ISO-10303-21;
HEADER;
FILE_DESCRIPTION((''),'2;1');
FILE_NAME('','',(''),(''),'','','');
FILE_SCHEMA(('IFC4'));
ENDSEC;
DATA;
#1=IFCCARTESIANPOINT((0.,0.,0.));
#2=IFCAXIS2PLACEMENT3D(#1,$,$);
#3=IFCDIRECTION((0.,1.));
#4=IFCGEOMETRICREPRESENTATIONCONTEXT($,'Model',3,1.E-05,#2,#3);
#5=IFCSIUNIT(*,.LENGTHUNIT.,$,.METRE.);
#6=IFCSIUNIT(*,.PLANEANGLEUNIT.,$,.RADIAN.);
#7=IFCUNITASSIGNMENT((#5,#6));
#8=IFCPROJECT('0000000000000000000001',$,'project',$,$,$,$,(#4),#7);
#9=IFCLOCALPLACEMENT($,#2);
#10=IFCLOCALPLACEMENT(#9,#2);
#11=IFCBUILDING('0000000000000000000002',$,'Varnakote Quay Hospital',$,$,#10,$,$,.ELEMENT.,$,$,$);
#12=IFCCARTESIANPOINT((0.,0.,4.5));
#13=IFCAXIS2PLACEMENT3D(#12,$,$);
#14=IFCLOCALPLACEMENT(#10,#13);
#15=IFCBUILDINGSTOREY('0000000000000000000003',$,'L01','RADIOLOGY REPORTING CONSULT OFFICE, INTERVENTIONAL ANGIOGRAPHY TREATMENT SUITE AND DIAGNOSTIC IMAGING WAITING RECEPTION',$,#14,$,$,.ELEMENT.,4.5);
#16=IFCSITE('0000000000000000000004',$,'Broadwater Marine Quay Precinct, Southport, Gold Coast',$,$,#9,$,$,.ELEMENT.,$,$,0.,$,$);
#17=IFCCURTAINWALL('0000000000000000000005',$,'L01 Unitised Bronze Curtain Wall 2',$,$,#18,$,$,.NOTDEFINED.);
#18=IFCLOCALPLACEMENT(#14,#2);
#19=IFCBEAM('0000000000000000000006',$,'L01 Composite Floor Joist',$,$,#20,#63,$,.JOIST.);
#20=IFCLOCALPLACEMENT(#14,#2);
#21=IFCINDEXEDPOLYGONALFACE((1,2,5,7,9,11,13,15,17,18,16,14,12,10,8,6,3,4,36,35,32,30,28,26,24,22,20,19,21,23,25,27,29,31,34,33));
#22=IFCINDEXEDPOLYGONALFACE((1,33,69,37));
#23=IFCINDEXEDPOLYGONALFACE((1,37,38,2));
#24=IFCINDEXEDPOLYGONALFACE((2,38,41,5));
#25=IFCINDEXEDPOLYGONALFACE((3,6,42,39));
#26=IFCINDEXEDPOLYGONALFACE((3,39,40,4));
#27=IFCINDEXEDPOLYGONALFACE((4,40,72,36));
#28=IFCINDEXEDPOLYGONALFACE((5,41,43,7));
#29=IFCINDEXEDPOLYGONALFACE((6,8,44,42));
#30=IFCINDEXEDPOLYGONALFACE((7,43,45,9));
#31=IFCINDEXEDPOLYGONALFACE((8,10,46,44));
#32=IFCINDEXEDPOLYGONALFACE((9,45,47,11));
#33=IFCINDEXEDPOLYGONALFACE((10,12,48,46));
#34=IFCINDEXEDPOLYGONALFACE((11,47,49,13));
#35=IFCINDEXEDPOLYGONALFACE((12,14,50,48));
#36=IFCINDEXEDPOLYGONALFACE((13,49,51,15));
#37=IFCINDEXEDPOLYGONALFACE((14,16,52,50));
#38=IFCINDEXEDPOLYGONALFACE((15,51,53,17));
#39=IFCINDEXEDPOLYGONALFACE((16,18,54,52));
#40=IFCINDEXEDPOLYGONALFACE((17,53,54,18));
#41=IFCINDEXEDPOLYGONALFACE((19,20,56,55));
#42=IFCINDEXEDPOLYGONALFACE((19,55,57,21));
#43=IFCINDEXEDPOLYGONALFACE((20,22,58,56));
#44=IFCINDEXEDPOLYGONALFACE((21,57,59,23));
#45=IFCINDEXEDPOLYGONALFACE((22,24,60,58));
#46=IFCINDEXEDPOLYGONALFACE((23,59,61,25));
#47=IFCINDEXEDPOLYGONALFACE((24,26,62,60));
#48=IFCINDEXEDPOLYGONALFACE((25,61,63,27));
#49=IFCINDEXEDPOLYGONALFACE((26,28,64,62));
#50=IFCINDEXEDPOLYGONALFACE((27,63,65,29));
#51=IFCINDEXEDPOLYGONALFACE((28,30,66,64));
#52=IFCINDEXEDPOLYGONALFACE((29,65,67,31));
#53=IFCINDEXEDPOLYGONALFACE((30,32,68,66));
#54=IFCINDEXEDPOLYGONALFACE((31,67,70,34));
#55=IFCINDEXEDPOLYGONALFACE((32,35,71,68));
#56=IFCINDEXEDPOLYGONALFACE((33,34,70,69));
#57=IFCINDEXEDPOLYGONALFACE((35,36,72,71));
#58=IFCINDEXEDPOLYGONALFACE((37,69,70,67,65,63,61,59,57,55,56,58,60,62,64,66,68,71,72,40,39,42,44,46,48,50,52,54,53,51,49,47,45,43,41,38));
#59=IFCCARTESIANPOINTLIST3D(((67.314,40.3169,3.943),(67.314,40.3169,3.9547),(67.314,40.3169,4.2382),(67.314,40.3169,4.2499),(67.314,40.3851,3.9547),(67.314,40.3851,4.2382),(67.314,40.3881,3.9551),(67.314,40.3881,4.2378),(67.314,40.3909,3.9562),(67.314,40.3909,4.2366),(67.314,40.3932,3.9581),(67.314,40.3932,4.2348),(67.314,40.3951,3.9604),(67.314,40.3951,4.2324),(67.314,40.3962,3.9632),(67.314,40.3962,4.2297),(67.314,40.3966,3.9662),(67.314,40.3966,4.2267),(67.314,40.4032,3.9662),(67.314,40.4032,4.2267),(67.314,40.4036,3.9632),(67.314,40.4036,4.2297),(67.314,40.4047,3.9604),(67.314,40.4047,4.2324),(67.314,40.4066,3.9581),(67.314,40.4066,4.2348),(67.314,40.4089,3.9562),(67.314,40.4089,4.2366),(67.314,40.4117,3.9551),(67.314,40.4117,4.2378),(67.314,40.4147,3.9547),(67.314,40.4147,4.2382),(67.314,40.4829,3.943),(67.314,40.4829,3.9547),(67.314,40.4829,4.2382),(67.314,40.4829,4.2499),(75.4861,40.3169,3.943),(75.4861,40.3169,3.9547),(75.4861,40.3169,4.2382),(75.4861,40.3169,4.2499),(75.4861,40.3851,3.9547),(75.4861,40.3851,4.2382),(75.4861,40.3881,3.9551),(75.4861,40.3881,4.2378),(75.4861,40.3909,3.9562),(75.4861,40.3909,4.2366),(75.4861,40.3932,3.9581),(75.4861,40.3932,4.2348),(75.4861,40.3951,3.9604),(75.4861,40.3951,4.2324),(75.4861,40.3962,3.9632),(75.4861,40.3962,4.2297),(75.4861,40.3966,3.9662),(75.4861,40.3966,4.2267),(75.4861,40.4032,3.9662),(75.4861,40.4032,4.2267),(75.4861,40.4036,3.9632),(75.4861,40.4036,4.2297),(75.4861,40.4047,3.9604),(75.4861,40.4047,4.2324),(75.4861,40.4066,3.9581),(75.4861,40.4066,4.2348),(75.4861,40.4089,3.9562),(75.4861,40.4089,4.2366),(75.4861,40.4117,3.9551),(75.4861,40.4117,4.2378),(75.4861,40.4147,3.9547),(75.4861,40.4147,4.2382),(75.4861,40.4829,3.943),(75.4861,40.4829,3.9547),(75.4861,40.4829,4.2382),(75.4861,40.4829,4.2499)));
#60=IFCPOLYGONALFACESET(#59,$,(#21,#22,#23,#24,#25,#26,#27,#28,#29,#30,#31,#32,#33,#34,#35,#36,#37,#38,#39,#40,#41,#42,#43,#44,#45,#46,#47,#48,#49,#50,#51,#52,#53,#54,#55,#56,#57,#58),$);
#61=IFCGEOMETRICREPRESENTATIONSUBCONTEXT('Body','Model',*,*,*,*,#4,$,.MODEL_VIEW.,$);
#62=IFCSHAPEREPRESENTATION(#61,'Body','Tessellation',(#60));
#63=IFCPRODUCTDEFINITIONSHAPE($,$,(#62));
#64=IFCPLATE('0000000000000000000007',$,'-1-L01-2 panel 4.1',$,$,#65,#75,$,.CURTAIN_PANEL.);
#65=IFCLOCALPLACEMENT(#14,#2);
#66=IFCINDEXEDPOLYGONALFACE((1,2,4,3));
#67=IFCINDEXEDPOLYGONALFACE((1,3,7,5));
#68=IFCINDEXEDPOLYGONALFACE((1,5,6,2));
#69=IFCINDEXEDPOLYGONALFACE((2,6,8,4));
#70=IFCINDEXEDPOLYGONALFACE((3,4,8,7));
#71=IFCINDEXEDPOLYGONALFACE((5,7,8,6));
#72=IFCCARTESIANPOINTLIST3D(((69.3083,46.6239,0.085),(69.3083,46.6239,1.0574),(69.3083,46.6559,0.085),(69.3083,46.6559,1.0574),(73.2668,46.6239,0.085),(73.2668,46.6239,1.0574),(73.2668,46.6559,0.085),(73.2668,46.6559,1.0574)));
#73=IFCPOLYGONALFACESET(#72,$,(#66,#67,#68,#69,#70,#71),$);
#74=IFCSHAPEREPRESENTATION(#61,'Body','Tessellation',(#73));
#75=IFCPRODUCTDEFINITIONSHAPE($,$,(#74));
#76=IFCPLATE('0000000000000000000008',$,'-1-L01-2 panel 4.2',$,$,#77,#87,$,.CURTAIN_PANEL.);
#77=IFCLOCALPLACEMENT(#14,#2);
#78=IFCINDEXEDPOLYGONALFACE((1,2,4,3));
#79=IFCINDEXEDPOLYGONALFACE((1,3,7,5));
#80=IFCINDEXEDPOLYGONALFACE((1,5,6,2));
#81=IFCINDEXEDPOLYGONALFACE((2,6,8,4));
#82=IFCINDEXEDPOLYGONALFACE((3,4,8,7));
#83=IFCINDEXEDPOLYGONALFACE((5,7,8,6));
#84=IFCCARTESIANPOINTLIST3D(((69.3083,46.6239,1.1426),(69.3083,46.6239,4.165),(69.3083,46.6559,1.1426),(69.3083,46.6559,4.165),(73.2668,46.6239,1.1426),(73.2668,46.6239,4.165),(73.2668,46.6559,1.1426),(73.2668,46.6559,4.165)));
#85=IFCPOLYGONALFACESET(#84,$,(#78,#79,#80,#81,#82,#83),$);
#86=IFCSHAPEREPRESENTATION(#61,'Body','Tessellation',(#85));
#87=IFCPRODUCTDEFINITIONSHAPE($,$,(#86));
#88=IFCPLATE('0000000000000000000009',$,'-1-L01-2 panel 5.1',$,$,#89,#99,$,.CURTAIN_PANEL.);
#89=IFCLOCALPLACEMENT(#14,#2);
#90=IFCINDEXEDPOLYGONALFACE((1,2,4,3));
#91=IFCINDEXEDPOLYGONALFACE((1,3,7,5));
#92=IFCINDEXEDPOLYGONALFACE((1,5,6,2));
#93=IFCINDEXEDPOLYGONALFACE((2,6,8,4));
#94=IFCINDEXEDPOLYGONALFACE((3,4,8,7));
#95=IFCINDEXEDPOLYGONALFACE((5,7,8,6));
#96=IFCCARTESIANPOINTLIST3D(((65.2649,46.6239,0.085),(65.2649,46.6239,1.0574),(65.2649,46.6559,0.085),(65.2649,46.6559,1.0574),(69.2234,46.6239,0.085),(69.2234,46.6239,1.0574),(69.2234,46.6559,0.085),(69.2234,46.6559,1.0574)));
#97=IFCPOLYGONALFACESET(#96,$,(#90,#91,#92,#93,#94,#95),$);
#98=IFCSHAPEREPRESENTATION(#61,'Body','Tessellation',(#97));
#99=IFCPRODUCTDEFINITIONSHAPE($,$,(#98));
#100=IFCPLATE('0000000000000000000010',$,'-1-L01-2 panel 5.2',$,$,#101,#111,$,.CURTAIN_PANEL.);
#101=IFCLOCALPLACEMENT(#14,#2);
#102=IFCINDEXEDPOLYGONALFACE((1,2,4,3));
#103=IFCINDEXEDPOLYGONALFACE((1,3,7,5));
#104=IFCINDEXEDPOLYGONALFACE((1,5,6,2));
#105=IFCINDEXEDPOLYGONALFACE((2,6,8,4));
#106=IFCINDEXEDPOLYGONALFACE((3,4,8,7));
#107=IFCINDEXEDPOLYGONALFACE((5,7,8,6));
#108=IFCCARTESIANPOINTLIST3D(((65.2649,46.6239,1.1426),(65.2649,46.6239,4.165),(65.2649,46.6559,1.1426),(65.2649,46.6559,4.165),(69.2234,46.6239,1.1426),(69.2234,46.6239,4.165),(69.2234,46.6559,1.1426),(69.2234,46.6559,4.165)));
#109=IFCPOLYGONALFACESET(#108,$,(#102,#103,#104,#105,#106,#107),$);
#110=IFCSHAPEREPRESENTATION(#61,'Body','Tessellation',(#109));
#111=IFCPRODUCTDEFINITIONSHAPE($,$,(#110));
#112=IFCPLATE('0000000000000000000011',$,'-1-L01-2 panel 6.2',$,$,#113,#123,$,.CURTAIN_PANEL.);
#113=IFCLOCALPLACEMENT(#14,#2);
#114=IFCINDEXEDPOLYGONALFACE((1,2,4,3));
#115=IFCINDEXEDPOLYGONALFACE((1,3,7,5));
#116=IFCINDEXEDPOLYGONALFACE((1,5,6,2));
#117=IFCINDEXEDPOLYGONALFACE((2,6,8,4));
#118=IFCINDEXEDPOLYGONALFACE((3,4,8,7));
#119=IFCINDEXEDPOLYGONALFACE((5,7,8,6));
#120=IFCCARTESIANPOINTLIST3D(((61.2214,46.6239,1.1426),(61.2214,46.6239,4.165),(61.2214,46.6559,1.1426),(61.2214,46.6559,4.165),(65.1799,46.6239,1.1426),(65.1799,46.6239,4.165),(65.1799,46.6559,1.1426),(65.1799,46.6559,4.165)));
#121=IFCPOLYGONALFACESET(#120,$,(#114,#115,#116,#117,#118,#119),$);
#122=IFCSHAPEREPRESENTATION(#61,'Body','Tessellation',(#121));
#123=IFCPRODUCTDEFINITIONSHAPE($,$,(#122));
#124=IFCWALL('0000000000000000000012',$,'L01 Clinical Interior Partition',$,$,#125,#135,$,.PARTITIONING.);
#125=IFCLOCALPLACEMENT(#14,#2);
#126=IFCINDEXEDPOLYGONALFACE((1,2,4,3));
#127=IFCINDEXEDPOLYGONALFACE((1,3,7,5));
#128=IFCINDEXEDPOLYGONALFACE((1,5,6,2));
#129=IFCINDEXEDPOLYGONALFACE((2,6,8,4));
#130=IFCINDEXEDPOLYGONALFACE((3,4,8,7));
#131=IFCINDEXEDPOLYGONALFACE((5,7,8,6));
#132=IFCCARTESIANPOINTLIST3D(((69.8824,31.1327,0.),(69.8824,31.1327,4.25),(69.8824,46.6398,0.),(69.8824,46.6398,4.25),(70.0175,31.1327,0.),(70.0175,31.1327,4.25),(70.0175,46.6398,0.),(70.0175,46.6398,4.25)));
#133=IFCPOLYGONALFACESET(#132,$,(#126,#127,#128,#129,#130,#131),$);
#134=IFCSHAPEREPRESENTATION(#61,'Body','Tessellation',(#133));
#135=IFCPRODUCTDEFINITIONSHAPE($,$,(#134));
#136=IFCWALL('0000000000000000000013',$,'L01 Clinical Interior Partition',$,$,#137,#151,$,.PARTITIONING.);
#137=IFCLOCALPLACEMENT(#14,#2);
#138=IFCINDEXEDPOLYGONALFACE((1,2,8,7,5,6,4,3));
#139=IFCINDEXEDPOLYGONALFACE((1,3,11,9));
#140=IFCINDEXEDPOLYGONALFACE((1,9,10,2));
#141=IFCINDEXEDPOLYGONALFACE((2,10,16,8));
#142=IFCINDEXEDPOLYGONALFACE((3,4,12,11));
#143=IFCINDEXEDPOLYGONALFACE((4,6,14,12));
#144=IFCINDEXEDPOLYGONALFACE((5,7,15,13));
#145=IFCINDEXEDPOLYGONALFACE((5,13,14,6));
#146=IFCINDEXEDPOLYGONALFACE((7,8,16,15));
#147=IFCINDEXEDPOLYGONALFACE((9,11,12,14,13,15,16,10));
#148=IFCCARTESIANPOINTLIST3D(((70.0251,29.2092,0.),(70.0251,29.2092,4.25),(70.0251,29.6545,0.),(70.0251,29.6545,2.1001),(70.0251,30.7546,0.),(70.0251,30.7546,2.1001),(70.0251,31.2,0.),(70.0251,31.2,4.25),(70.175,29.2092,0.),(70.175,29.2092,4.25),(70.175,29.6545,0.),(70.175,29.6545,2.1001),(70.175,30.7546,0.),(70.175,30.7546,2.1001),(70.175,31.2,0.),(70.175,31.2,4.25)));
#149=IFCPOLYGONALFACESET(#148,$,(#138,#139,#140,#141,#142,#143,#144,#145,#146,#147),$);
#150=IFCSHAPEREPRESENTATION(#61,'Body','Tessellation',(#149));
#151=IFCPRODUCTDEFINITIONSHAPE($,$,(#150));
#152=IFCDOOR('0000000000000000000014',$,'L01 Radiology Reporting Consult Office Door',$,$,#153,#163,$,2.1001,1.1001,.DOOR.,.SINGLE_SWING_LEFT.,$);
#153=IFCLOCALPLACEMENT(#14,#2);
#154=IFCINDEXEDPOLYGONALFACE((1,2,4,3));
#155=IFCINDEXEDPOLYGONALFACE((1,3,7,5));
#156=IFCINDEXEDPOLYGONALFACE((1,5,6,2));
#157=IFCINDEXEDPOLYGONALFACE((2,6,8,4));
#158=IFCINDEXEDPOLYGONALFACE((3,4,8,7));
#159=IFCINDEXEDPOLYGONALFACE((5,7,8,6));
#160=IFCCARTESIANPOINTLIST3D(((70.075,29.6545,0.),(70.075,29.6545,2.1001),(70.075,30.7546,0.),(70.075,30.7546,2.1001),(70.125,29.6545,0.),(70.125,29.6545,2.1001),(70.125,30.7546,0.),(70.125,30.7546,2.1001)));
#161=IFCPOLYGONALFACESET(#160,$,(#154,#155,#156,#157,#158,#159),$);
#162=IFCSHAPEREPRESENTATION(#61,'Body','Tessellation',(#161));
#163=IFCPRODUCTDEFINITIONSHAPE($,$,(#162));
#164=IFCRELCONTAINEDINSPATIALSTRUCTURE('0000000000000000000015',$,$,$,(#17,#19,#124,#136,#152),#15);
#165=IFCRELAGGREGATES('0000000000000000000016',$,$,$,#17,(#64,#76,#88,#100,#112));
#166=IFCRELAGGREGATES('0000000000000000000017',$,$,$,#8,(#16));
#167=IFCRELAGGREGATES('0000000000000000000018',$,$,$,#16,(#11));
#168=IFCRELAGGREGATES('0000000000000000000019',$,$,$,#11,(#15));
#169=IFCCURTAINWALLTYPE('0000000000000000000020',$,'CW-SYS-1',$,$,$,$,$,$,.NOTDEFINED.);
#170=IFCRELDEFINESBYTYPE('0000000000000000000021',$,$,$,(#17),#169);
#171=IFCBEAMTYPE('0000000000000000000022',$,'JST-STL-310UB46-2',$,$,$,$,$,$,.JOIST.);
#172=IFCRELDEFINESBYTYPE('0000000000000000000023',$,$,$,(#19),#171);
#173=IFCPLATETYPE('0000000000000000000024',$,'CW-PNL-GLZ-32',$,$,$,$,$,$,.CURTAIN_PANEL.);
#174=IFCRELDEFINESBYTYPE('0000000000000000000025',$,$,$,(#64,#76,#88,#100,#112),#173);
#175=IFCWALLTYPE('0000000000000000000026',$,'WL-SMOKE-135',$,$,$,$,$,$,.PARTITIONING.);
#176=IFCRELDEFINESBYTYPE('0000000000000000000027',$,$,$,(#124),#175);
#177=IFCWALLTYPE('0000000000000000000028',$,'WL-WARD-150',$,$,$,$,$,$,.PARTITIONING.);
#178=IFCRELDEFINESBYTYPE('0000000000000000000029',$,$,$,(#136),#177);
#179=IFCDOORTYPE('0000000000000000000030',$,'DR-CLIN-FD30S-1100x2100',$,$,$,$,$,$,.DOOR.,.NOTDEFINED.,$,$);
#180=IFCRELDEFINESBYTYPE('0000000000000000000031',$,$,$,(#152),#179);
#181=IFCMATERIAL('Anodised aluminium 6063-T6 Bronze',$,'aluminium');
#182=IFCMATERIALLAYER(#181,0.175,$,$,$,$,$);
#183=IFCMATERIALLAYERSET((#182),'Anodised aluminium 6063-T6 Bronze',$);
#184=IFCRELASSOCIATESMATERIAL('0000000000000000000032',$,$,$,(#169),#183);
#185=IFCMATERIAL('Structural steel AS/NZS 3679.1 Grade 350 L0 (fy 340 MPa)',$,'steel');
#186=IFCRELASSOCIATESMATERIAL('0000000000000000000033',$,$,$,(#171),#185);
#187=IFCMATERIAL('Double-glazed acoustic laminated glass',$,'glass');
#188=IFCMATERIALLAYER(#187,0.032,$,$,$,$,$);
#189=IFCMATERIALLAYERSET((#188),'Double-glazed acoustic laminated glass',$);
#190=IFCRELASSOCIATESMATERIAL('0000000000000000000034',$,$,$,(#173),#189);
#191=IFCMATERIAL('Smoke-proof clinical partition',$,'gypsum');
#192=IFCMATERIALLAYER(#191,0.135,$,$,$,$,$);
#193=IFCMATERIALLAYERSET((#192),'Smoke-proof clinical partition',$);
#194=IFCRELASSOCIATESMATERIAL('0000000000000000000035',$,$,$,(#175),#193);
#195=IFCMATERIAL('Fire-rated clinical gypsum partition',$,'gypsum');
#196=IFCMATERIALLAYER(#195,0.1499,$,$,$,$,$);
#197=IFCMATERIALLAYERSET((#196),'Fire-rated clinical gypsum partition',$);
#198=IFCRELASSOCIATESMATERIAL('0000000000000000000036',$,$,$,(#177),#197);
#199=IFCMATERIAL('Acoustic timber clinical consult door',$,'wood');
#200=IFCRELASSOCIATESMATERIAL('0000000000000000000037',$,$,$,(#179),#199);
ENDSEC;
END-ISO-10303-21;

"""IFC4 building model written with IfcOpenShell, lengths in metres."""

from ifc_helpers import new_model, si_unit, direction, frame, frame_2d, origin, origin_2d, place, context, subcontext, project, spatial, rectangle, i_section, extrude, material, layer, layer_set, material_profile, profile_set, type_object, element, fill, aggregate, save


model = new_model("IFC4")

# Units and contexts
model_context = context("Model", 3, precision=1e-05, world=origin(), true_north=direction((0.0, 1.0)))
body_context = subcontext(model_context, "Body", "Model", "MODEL_VIEW")
ifc_project = project(units=[si_unit("LENGTHUNIT", "METRE"), si_unit("PLANEANGLEUNIT", "RADIAN")], contexts=[model_context])

# Site, building, storey
site_placement = place(None, origin())
site = spatial("IfcSite", under=ifc_project, at=site_placement, Name="Broadwater Marine Quay Precinct, Southport, Gold Coast", CompositionType="ELEMENT", RefElevation=0.0)
building_placement = place(site_placement, origin())
building = spatial("IfcBuilding", under=site, at=building_placement, Name="Varnakote Quay Hospital", CompositionType="ELEMENT")
storey_placement = place(building_placement, frame((0.0, 0.0, 4.5)))
storey = spatial("IfcBuildingStorey", under=building, at=storey_placement, Name="L01", Description="RADIOLOGY REPORTING CONSULT OFFICE, INTERVENTIONAL ANGIOGRAPHY TREATMENT SUITE AND DIAGNOSTIC IMAGING WAITING RECEPTION", CompositionType="ELEMENT", Elevation=4.5)

# Curtain wall
ifc_material_1 = material(Name="Anodised aluminium 6063-T6 Bronze", Category="aluminium")
ifc_layer_1 = layer(ifc_material_1, 0.175)
ifc_layer_set_1 = layer_set([ifc_layer_1], Name="Anodised aluminium 6063-T6 Bronze")
curtain_wall_type = type_object("IfcCurtainWallType", Name="CW-SYS-1", PredefinedType="NOTDEFINED", material=ifc_layer_set_1)
curtain_wall_placement = place(storey_placement, origin())
curtain_wall = element("IfcCurtainWall", 1, at=curtain_wall_placement, inside=storey, type_object=curtain_wall_type, Name="L01 Unitised Bronze Curtain Wall 2", PredefinedType="NOTDEFINED")

# Beam
ifc_material_2 = material(Name="Structural steel AS/NZS 3679.1 Grade 350 L0 (fy 340 MPa)", Category="steel")
ifc_material_profile_1 = material_profile(ifc_material_2, i_section(OverallWidth=0.166, OverallDepth=0.3069, WebThickness=0.0066, FlangeThickness=0.0117, FilletRadius=0.0115, at=origin_2d()), Name="310UB46.2")
ifc_profile_set_1 = profile_set([ifc_material_profile_1], Name="Structural steel AS/NZS 3679.1 Grade 350 L0 (fy 340 MPa)")
beam_type_1 = type_object("IfcBeamType", Name="JST-STL-310UB46-2", PredefinedType="JOIST", material=ifc_profile_set_1)
for number, where, z_axis, x_axis, name in (
    (2, (67.314, 40.3999, 4.0964), (1.0, 0.0, 0.0), (0.0, 1.0, 0.0), "L01 Composite Floor Joist"),
):
    element("IfcBeam", number, at=place(storey_placement, frame(where, z_axis=z_axis, x_axis=x_axis)), inside=storey, type_object=beam_type_1, Name=name, PredefinedType="JOIST", context=body_context, shape_type="SweptSolid", body=[
        extrude(i_section(OverallWidth=0.166, OverallDepth=0.3069, WebThickness=0.0066, FlangeThickness=0.0117, FilletRadius=0.0115, at=origin_2d()), origin(), (0.0, 0.0, 1.0), 8.1721),
    ])

# Plates
ifc_material_3 = material(Name="Double-glazed acoustic laminated glass", Category="glass")
ifc_layer_2 = layer(ifc_material_3, 0.032)
ifc_layer_set_2 = layer_set([ifc_layer_2], Name="Double-glazed acoustic laminated glass")
plate_type = type_object("IfcPlateType", Name="CW-PNL-GLZ-32", PredefinedType="CURTAIN_PANEL", material=ifc_layer_set_2)
plate_1_placement = place(storey_placement, frame((71.2876, 46.6399, 0.085), z_axis=(0.0, 0.0, 1.0), x_axis=(-1.0, 0.0, 0.0)))
plate_1 = element("IfcPlate", 3, at=plate_1_placement, type_object=plate_type, Name="-1-L01-2 panel 4.1", PredefinedType="CURTAIN_PANEL", context=body_context, shape_type="SweptSolid", body=[
    extrude(rectangle(XDim=3.9585, YDim=0.032, at=origin_2d()), origin(), (0.0, 0.0, 1.0), 0.9724),
])
plate_2_placement = place(storey_placement, frame((71.2876, 46.6399, 1.1426), z_axis=(0.0, 0.0, 1.0), x_axis=(-1.0, 0.0, 0.0)))
plate_2 = element("IfcPlate", 4, at=plate_2_placement, type_object=plate_type, Name="-1-L01-2 panel 4.2", PredefinedType="CURTAIN_PANEL", context=body_context, shape_type="SweptSolid", body=[
    extrude(rectangle(XDim=3.9585, YDim=0.032, at=origin_2d()), origin(), (0.0, 0.0, 1.0), 3.0225),
])
plate_3_placement = place(storey_placement, frame((67.2441, 46.6399, 0.085), z_axis=(0.0, 0.0, 1.0), x_axis=(-1.0, 0.0, 0.0)))
plate_3 = element("IfcPlate", 5, at=plate_3_placement, type_object=plate_type, Name="-1-L01-2 panel 5.1", PredefinedType="CURTAIN_PANEL", context=body_context, shape_type="SweptSolid", body=[
    extrude(rectangle(XDim=3.9585, YDim=0.032, at=origin_2d()), origin(), (0.0, 0.0, 1.0), 0.9724),
])
plate_4_placement = place(storey_placement, frame((67.2441, 46.6399, 1.1426), z_axis=(0.0, 0.0, 1.0), x_axis=(-1.0, 0.0, 0.0)))
plate_4 = element("IfcPlate", 6, at=plate_4_placement, type_object=plate_type, Name="-1-L01-2 panel 5.2", PredefinedType="CURTAIN_PANEL", context=body_context, shape_type="SweptSolid", body=[
    extrude(rectangle(XDim=3.9585, YDim=0.032, at=origin_2d()), origin(), (0.0, 0.0, 1.0), 3.0225),
])
plate_5_placement = place(storey_placement, frame((63.2007, 46.6399, 1.1426), z_axis=(0.0, 0.0, 1.0), x_axis=(-1.0, 0.0, 0.0)))
plate_5 = element("IfcPlate", 7, at=plate_5_placement, type_object=plate_type, Name="-1-L01-2 panel 6.2", PredefinedType="CURTAIN_PANEL", context=body_context, shape_type="SweptSolid", body=[
    extrude(rectangle(XDim=3.9585, YDim=0.032, at=origin_2d()), origin(), (0.0, 0.0, 1.0), 3.0225),
])
aggregate(curtain_wall, [plate_1, plate_2, plate_3, plate_4, plate_5])

# Wall
ifc_material_4 = material(Name="Smoke-proof clinical partition", Category="gypsum")
ifc_layer_3 = layer(ifc_material_4, 0.135)
ifc_layer_set_3 = layer_set([ifc_layer_3], Name="Smoke-proof clinical partition")
wall_type_1 = type_object("IfcWallType", Name="WL-SMOKE-135", PredefinedType="PARTITIONING", material=ifc_layer_set_3)
wall_1_placement = place(storey_placement, frame((69.95, 31.1328, 0.0), z_axis=(0.0, 0.0, 1.0), x_axis=(0.0, 1.0, 0.0)))
element("IfcWall", 8, at=wall_1_placement, inside=storey, type_object=wall_type_1, Name="L01 Clinical Interior Partition", PredefinedType="PARTITIONING", context=body_context, shape_type="SweptSolid", body=[
    extrude(rectangle(XDim=15.5071, YDim=0.135, at=frame_2d((7.7534, 0.0))), origin(), (0.0, 0.0, 1.0), 4.25),
])

# Wall, opening, door
ifc_material_5 = material(Name="Fire-rated clinical gypsum partition", Category="gypsum")
ifc_layer_4 = layer(ifc_material_5, 0.1499)
ifc_layer_set_4 = layer_set([ifc_layer_4], Name="Fire-rated clinical gypsum partition")
wall_type_2 = type_object("IfcWallType", Name="WL-WARD-150", PredefinedType="PARTITIONING", material=ifc_layer_set_4)
wall_2_placement = place(storey_placement, frame((70.1001, 31.2, 0.0), z_axis=(0.0, 0.0, 1.0), x_axis=(0.0, -1.0, 0.0)))
wall_2 = element("IfcWall", 9, at=wall_2_placement, inside=storey, type_object=wall_type_2, Name="L01 Clinical Interior Partition", PredefinedType="PARTITIONING", context=body_context, shape_type="SweptSolid", body=[
    extrude(rectangle(XDim=1.9907, YDim=0.1499, at=frame_2d((0.9954, 0.0))), origin(), (0.0, 0.0, 1.0), 4.25),
])
opening_1_placement = place(wall_2_placement, frame((0.4453, 0.0, 0.0)))
opening_1 = element("IfcOpeningElement", 10, at=opening_1_placement, cuts=wall_2, PredefinedType="OPENING", context=body_context, shape_type="SweptSolid", body=[
    extrude(rectangle(XDim=1.1001, YDim=2.1001, at=frame_2d((0.55, 1.05))), frame((0.0, 0.085, 0.0), z_axis=(0.0, -1.0, 0.0), x_axis=(1.0, 0.0, 0.0)), (0.0, 0.0, 1.0), 0.1699),
])
ifc_material_6 = material(Name="Acoustic timber clinical consult door", Category="wood")
door_type = type_object("IfcDoorType", Name="DR-CLIN-FD30S-1100x2100", OperationType="NOTDEFINED", PredefinedType="DOOR", material=ifc_material_6)
door_1_placement = place(opening_1_placement, origin())
door_1 = element("IfcDoor", 11, at=door_1_placement, inside=storey, type_object=door_type, Name="L01 Radiology Reporting Consult Office Door", OperationType="SINGLE_SWING_LEFT", OverallHeight=2.1001, OverallWidth=1.1001, PredefinedType="DOOR", context=body_context, shape_type="SweptSolid", body=[
    extrude(rectangle(XDim=1.1001, YDim=2.1001, at=frame_2d((0.55, 1.05))), frame((0.0, 0.0249, 0.0), z_axis=(0.0, -1.0, 0.0), x_axis=(1.0, 0.0, 0.0)), (0.0, 0.0, 1.0), 0.05),
])
fill(opening_1, door_1)

save(model, "model.ifc")
